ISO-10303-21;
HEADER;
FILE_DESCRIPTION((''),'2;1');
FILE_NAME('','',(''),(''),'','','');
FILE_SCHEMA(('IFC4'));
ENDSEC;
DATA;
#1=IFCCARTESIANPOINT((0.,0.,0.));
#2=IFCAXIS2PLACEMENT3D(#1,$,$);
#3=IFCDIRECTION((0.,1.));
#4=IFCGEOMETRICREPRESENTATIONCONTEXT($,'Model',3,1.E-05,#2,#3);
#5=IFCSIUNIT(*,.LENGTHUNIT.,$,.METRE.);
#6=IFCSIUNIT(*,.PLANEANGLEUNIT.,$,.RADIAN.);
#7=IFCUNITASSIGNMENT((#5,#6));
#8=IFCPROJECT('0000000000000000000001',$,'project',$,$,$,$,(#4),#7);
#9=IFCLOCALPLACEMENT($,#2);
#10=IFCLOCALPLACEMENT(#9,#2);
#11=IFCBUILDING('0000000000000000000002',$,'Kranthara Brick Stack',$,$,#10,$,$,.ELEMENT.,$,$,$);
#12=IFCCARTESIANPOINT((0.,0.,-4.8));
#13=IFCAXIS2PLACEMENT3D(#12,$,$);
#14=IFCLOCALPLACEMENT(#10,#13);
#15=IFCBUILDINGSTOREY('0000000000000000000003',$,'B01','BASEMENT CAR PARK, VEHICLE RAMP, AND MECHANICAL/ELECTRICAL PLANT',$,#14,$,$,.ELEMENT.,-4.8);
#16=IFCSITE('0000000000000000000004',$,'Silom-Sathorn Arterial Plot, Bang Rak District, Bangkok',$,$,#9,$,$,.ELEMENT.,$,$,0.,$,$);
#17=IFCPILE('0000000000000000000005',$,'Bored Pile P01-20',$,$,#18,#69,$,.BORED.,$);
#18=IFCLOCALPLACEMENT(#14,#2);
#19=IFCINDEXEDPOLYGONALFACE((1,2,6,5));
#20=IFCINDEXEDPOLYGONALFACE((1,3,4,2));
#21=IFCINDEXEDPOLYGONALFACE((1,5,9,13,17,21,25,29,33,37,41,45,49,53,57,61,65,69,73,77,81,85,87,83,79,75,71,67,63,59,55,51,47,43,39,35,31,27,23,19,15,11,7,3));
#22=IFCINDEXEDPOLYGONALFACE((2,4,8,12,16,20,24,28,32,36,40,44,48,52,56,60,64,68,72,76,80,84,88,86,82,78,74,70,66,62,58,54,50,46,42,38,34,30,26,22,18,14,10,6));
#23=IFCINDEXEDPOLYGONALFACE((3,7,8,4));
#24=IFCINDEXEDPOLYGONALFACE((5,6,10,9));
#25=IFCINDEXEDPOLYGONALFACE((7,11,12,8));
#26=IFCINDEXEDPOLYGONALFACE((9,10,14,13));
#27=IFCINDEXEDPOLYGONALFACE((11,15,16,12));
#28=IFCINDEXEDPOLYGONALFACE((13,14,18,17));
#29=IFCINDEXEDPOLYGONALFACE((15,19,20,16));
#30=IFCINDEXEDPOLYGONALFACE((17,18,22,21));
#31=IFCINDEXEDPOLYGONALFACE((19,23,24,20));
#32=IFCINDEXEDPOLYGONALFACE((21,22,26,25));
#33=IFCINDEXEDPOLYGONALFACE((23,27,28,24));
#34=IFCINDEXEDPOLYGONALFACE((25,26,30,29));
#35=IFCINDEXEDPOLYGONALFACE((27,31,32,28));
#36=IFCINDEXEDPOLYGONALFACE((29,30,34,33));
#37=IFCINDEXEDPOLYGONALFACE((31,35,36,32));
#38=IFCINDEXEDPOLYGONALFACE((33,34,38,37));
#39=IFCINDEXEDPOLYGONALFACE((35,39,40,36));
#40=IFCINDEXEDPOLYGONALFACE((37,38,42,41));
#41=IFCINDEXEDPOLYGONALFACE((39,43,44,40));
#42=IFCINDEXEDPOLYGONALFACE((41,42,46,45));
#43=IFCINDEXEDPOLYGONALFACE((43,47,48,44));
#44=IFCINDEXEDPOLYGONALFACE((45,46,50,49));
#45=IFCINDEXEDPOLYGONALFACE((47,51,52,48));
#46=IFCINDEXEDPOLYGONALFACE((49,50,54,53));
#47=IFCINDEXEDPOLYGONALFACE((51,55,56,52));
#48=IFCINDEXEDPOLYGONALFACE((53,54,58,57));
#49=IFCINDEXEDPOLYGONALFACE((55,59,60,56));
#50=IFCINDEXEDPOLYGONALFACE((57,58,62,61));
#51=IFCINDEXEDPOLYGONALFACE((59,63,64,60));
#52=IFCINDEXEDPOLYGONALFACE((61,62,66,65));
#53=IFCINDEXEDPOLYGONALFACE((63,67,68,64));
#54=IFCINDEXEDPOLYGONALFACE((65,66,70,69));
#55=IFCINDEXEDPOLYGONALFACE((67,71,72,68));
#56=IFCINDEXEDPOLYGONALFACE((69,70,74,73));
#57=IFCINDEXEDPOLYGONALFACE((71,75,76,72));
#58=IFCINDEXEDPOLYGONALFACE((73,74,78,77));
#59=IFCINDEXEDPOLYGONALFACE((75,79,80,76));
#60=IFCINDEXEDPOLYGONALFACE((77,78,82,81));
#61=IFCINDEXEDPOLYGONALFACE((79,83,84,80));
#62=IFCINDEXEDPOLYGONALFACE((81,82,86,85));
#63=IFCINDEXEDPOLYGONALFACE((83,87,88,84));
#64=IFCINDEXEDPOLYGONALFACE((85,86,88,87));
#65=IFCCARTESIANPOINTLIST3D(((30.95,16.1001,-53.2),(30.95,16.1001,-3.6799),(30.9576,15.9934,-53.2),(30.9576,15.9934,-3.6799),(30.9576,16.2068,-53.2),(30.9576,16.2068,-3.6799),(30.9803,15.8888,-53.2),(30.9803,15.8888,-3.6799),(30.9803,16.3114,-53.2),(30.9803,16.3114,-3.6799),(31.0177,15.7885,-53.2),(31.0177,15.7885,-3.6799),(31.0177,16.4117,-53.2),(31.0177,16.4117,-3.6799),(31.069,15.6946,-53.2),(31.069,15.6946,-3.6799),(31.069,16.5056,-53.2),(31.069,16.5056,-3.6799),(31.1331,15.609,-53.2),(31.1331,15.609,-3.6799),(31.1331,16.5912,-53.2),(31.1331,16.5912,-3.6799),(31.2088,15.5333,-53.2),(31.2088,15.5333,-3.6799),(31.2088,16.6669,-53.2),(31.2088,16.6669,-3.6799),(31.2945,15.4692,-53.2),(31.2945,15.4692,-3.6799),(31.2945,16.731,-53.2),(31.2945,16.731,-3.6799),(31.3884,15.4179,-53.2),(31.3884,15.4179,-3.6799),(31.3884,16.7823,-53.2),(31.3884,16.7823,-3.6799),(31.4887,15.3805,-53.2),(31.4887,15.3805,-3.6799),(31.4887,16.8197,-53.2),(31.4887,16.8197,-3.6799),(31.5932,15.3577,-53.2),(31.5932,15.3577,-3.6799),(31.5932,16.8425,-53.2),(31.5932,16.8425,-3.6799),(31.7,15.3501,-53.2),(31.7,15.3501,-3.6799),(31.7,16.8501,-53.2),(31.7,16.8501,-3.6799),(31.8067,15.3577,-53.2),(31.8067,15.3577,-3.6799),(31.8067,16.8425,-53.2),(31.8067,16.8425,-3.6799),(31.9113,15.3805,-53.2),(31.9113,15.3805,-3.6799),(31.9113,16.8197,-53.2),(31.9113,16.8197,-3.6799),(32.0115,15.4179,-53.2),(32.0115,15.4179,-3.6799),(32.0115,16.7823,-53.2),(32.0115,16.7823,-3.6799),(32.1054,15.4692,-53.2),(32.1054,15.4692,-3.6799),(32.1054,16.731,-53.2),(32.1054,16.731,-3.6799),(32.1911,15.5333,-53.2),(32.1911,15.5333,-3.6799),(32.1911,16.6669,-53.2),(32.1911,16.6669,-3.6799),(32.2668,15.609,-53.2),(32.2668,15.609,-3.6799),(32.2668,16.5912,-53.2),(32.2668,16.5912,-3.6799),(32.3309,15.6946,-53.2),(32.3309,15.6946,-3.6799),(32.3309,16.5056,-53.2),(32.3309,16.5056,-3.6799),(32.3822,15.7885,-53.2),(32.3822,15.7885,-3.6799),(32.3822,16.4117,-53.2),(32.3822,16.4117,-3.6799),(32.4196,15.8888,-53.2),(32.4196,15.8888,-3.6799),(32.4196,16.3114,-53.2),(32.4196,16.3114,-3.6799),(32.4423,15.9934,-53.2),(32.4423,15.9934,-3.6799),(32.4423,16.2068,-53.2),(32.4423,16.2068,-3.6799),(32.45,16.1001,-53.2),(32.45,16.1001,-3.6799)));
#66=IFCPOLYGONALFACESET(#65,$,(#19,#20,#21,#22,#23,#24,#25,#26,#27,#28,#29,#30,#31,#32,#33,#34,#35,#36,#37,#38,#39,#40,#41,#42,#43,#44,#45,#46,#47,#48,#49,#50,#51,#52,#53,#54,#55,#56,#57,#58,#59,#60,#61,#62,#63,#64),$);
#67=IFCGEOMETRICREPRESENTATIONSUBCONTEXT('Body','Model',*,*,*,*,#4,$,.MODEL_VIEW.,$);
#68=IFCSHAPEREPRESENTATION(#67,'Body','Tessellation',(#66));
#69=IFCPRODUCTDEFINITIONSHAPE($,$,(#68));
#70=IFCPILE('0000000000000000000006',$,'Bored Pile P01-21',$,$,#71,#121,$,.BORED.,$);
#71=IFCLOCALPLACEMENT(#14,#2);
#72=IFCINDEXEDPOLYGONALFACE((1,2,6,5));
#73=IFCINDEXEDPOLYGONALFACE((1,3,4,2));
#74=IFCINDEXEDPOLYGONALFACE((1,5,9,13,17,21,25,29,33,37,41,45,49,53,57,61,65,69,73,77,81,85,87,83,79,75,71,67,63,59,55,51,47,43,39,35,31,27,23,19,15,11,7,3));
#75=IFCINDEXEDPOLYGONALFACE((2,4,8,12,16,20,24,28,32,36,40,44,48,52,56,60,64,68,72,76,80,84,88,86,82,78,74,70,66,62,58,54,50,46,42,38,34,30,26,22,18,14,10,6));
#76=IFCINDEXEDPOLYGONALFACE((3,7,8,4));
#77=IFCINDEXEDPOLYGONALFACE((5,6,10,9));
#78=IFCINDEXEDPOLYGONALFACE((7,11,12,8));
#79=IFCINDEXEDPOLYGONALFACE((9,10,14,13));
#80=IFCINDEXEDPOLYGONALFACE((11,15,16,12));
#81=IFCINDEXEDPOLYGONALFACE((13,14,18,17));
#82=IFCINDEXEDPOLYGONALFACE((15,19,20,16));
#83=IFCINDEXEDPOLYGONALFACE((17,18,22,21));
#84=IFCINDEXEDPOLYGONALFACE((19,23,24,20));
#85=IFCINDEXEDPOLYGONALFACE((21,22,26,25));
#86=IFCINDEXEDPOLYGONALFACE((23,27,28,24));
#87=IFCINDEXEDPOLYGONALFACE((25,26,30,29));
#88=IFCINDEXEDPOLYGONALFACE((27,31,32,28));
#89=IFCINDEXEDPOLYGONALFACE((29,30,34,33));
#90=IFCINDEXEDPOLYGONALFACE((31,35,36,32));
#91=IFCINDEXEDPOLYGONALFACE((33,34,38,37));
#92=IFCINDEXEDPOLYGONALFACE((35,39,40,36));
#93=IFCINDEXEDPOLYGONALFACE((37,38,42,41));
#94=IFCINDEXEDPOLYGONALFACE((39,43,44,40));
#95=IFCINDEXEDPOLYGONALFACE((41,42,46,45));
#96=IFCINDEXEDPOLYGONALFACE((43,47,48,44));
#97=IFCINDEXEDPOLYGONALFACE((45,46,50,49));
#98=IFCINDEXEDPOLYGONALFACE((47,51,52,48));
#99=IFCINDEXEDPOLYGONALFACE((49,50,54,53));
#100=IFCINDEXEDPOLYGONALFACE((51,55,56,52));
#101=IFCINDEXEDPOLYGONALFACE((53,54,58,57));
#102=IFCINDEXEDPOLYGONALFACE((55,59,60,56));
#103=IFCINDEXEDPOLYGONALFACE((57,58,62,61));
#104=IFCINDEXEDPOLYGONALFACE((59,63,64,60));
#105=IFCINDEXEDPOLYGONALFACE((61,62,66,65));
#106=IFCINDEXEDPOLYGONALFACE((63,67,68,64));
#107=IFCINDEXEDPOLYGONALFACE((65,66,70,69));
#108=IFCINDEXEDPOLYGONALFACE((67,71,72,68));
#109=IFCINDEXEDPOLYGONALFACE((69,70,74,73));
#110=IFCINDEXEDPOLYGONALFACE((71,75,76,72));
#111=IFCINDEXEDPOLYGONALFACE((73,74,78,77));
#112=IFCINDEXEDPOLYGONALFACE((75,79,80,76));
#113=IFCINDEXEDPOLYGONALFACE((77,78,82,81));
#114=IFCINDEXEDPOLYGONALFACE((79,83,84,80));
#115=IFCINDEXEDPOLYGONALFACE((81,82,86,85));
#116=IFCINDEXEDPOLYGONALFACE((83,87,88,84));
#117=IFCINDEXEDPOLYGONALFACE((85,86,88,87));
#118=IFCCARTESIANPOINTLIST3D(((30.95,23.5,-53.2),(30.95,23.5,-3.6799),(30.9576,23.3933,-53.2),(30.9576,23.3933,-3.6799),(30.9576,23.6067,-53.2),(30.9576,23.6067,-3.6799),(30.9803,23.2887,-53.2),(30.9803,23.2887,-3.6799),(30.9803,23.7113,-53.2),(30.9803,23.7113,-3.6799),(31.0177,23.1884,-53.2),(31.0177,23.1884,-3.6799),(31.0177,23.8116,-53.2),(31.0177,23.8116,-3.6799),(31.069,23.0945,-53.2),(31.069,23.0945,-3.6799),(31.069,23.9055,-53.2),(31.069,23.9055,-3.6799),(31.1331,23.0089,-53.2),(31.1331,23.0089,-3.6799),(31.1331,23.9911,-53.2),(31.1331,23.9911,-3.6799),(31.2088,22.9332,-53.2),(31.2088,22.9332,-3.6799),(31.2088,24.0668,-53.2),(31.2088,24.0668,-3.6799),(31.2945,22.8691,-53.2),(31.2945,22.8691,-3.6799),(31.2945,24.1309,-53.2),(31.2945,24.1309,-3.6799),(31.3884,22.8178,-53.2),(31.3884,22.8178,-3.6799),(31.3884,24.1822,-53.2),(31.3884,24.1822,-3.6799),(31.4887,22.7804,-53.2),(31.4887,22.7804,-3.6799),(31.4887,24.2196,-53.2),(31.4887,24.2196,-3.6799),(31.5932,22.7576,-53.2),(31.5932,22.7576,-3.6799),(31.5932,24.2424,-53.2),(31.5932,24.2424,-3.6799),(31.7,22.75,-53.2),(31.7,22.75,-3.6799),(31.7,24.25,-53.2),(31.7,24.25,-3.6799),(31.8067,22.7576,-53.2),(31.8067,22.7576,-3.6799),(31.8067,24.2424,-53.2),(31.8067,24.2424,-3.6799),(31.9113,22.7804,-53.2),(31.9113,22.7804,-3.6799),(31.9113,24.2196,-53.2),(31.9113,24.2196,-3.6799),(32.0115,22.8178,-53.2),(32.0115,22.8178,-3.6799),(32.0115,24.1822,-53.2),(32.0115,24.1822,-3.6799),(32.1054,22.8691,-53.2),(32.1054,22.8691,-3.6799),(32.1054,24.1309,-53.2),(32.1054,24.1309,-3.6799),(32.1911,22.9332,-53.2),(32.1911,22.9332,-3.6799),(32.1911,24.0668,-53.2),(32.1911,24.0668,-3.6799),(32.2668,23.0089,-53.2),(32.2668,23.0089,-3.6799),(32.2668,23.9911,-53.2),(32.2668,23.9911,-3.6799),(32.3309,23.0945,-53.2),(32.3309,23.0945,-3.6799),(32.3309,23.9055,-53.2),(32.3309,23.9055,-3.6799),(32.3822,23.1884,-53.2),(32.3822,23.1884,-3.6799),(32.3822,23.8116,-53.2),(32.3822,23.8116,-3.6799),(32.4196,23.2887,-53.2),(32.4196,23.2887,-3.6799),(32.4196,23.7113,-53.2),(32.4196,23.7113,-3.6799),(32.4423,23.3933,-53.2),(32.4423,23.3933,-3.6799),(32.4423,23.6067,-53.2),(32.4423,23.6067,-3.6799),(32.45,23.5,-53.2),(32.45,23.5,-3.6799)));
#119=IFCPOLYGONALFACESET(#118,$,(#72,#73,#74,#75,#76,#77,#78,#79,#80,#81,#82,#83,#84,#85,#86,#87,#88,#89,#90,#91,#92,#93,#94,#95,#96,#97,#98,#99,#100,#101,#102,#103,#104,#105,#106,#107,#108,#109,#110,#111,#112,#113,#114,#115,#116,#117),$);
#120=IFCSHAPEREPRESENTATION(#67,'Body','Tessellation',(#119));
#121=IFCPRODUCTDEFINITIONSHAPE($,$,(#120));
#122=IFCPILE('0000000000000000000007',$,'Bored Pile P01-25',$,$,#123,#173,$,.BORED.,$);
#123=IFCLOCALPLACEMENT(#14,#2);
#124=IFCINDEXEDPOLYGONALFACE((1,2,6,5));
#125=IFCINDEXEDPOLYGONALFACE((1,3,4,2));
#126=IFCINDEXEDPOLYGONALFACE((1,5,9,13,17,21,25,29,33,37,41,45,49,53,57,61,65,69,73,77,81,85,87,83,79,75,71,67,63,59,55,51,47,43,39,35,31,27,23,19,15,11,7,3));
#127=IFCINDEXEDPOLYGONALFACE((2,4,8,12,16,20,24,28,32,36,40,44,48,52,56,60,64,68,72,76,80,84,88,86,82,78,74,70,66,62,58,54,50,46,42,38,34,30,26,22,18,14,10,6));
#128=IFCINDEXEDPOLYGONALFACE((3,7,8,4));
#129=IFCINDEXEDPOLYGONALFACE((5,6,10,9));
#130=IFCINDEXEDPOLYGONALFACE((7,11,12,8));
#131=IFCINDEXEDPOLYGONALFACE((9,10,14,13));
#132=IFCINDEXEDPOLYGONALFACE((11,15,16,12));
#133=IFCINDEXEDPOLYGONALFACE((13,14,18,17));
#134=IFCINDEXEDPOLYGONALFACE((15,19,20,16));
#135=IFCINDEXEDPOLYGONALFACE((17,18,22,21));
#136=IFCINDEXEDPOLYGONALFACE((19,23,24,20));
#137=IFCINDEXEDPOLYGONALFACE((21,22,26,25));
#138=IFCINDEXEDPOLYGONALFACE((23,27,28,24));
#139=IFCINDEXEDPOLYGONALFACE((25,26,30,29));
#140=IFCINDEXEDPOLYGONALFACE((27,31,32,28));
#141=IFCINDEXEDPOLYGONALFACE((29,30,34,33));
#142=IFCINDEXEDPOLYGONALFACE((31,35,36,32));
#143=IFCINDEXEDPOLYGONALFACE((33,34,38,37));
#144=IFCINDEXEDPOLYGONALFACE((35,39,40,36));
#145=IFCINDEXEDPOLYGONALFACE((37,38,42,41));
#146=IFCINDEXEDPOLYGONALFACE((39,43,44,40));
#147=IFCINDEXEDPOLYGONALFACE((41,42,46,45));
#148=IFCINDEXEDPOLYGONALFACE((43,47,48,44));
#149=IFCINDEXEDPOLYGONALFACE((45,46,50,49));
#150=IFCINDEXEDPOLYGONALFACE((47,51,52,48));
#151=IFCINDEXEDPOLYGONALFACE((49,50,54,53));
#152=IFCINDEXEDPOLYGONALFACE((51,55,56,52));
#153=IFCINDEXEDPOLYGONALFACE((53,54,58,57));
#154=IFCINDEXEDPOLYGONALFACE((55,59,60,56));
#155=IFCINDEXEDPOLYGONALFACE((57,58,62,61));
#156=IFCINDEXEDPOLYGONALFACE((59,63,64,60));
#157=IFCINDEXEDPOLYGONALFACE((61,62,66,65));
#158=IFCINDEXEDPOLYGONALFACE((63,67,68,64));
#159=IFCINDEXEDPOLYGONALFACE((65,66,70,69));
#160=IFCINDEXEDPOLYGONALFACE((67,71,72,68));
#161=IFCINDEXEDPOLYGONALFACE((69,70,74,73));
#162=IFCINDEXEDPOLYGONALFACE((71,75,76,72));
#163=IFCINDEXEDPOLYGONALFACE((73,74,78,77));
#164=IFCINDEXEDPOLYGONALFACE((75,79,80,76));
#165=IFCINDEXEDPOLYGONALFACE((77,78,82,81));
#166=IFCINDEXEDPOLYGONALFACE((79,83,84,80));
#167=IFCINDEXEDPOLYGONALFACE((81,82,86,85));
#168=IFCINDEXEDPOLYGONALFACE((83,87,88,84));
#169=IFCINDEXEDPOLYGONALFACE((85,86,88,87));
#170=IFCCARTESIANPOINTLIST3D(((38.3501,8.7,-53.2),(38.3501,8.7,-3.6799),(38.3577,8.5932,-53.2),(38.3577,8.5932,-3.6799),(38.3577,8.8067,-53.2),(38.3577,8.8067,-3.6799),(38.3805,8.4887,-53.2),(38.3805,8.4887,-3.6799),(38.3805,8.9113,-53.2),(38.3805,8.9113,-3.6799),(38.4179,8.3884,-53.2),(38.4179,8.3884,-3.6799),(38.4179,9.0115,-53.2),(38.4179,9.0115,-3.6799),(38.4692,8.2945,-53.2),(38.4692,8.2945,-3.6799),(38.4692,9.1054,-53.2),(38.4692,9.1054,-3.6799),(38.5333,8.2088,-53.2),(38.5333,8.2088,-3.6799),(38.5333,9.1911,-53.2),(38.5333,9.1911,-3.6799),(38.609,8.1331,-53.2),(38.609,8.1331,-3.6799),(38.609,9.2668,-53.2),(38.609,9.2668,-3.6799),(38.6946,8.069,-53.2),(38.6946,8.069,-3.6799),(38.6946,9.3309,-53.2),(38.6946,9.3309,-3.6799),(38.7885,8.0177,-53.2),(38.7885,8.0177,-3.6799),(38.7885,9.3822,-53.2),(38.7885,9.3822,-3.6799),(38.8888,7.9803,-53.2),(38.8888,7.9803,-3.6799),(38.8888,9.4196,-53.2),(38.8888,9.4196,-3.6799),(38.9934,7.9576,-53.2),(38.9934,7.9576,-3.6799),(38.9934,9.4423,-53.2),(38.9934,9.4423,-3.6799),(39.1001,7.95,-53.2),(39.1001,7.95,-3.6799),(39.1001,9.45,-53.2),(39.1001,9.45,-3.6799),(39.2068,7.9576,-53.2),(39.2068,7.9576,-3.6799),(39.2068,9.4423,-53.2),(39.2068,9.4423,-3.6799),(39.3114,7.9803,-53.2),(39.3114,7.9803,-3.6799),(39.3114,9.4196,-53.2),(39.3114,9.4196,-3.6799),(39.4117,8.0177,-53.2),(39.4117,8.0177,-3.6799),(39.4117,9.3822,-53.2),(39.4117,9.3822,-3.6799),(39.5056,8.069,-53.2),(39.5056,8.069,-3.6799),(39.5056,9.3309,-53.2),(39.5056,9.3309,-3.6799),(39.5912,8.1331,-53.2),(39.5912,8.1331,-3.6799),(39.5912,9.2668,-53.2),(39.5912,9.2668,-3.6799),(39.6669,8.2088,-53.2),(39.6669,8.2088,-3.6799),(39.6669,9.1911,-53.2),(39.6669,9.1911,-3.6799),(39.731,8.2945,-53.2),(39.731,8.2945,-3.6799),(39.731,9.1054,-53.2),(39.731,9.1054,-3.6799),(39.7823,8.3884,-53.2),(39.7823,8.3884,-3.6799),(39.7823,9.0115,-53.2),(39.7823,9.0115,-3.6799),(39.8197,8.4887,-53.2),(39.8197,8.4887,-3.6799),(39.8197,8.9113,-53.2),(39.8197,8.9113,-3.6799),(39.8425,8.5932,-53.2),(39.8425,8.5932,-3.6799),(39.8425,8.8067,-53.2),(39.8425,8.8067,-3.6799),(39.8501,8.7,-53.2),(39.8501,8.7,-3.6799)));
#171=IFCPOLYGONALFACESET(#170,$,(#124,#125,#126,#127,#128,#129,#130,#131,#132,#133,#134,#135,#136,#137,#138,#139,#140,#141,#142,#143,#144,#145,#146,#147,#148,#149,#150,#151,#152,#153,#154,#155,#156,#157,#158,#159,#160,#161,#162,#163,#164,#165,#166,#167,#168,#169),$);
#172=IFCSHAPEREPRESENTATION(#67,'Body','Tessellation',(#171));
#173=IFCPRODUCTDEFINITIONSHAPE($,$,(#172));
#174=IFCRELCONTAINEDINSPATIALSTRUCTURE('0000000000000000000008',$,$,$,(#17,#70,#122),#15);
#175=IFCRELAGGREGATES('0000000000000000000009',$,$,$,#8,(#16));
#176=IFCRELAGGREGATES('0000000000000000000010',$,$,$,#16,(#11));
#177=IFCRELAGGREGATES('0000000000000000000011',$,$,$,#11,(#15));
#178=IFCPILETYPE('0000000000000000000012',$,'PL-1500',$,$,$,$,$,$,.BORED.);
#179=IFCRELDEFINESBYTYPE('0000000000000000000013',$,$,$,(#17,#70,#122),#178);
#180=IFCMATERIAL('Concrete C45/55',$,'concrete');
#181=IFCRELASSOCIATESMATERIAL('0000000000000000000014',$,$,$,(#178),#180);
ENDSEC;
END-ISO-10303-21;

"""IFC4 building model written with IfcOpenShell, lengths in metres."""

from ifc_helpers import new_model, si_unit, direction, frame, origin, origin_2d, place, context, subcontext, project, spatial, circle, extrude, material, material_profile, profile_set, type_object, element, save


model = new_model("IFC4")

# Units and contexts
model_context = context("Model", 3, precision=1e-05, world=origin(), true_north=direction((0.0, 1.0)))
body_context = subcontext(model_context, "Body", "Model", "MODEL_VIEW")
ifc_project = project(units=[si_unit("LENGTHUNIT", "METRE"), si_unit("PLANEANGLEUNIT", "RADIAN")], contexts=[model_context])

# Site, building, storey
site_placement = place(None, origin())
site = spatial("IfcSite", under=ifc_project, at=site_placement, Name="Silom-Sathorn Arterial Plot, Bang Rak District, Bangkok", CompositionType="ELEMENT", RefElevation=0.0)
building_placement = place(site_placement, origin())
building = spatial("IfcBuilding", under=site, at=building_placement, Name="Kranthara Brick Stack", CompositionType="ELEMENT")
storey_placement = place(building_placement, frame((0.0, 0.0, -4.8)))
storey = spatial("IfcBuildingStorey", under=building, at=storey_placement, Name="B01", Description="BASEMENT CAR PARK, VEHICLE RAMP, AND MECHANICAL/ELECTRICAL PLANT", CompositionType="ELEMENT", Elevation=-4.8)

# Piles
ifc_material_1 = material(Name="Concrete C45/55", Category="concrete")
ifc_material_profile_1 = material_profile(ifc_material_1, circle(Radius=0.75, at=origin_2d()), Name="BORED PILE 1500")
ifc_profile_set_1 = profile_set([ifc_material_profile_1], Name="Concrete C45/55")
pile_type_1 = type_object("IfcPileType", Name="PL-1500", PredefinedType="BORED", material=ifc_profile_set_1)
for number, where, z_axis, x_axis, name in (
    (1, (31.7, 16.1001, -3.6799), (0.0, 0.0, -1.0), (1.0, 0.0, 0.0), "Bored Pile P01-20"),
    (2, (31.7, 23.5, -3.6799), (0.0, 0.0, -1.0), (1.0, 0.0, 0.0), "Bored Pile P01-21"),
    (3, (39.1001, 8.7, -3.6799), (0.0, 0.0, -1.0), (1.0, 0.0, 0.0), "Bored Pile P01-25"),
):
    element("IfcPile", number, at=place(storey_placement, frame(where, z_axis=z_axis, x_axis=x_axis)), inside=storey, type_object=pile_type_1, Name=name, PredefinedType="BORED", context=body_context, shape_type="SweptSolid", body=[
        extrude(circle(Radius=0.75, at=origin_2d()), origin(), (0.0, 0.0, 1.0), 49.52),
    ])

save(model, "model.ifc")
